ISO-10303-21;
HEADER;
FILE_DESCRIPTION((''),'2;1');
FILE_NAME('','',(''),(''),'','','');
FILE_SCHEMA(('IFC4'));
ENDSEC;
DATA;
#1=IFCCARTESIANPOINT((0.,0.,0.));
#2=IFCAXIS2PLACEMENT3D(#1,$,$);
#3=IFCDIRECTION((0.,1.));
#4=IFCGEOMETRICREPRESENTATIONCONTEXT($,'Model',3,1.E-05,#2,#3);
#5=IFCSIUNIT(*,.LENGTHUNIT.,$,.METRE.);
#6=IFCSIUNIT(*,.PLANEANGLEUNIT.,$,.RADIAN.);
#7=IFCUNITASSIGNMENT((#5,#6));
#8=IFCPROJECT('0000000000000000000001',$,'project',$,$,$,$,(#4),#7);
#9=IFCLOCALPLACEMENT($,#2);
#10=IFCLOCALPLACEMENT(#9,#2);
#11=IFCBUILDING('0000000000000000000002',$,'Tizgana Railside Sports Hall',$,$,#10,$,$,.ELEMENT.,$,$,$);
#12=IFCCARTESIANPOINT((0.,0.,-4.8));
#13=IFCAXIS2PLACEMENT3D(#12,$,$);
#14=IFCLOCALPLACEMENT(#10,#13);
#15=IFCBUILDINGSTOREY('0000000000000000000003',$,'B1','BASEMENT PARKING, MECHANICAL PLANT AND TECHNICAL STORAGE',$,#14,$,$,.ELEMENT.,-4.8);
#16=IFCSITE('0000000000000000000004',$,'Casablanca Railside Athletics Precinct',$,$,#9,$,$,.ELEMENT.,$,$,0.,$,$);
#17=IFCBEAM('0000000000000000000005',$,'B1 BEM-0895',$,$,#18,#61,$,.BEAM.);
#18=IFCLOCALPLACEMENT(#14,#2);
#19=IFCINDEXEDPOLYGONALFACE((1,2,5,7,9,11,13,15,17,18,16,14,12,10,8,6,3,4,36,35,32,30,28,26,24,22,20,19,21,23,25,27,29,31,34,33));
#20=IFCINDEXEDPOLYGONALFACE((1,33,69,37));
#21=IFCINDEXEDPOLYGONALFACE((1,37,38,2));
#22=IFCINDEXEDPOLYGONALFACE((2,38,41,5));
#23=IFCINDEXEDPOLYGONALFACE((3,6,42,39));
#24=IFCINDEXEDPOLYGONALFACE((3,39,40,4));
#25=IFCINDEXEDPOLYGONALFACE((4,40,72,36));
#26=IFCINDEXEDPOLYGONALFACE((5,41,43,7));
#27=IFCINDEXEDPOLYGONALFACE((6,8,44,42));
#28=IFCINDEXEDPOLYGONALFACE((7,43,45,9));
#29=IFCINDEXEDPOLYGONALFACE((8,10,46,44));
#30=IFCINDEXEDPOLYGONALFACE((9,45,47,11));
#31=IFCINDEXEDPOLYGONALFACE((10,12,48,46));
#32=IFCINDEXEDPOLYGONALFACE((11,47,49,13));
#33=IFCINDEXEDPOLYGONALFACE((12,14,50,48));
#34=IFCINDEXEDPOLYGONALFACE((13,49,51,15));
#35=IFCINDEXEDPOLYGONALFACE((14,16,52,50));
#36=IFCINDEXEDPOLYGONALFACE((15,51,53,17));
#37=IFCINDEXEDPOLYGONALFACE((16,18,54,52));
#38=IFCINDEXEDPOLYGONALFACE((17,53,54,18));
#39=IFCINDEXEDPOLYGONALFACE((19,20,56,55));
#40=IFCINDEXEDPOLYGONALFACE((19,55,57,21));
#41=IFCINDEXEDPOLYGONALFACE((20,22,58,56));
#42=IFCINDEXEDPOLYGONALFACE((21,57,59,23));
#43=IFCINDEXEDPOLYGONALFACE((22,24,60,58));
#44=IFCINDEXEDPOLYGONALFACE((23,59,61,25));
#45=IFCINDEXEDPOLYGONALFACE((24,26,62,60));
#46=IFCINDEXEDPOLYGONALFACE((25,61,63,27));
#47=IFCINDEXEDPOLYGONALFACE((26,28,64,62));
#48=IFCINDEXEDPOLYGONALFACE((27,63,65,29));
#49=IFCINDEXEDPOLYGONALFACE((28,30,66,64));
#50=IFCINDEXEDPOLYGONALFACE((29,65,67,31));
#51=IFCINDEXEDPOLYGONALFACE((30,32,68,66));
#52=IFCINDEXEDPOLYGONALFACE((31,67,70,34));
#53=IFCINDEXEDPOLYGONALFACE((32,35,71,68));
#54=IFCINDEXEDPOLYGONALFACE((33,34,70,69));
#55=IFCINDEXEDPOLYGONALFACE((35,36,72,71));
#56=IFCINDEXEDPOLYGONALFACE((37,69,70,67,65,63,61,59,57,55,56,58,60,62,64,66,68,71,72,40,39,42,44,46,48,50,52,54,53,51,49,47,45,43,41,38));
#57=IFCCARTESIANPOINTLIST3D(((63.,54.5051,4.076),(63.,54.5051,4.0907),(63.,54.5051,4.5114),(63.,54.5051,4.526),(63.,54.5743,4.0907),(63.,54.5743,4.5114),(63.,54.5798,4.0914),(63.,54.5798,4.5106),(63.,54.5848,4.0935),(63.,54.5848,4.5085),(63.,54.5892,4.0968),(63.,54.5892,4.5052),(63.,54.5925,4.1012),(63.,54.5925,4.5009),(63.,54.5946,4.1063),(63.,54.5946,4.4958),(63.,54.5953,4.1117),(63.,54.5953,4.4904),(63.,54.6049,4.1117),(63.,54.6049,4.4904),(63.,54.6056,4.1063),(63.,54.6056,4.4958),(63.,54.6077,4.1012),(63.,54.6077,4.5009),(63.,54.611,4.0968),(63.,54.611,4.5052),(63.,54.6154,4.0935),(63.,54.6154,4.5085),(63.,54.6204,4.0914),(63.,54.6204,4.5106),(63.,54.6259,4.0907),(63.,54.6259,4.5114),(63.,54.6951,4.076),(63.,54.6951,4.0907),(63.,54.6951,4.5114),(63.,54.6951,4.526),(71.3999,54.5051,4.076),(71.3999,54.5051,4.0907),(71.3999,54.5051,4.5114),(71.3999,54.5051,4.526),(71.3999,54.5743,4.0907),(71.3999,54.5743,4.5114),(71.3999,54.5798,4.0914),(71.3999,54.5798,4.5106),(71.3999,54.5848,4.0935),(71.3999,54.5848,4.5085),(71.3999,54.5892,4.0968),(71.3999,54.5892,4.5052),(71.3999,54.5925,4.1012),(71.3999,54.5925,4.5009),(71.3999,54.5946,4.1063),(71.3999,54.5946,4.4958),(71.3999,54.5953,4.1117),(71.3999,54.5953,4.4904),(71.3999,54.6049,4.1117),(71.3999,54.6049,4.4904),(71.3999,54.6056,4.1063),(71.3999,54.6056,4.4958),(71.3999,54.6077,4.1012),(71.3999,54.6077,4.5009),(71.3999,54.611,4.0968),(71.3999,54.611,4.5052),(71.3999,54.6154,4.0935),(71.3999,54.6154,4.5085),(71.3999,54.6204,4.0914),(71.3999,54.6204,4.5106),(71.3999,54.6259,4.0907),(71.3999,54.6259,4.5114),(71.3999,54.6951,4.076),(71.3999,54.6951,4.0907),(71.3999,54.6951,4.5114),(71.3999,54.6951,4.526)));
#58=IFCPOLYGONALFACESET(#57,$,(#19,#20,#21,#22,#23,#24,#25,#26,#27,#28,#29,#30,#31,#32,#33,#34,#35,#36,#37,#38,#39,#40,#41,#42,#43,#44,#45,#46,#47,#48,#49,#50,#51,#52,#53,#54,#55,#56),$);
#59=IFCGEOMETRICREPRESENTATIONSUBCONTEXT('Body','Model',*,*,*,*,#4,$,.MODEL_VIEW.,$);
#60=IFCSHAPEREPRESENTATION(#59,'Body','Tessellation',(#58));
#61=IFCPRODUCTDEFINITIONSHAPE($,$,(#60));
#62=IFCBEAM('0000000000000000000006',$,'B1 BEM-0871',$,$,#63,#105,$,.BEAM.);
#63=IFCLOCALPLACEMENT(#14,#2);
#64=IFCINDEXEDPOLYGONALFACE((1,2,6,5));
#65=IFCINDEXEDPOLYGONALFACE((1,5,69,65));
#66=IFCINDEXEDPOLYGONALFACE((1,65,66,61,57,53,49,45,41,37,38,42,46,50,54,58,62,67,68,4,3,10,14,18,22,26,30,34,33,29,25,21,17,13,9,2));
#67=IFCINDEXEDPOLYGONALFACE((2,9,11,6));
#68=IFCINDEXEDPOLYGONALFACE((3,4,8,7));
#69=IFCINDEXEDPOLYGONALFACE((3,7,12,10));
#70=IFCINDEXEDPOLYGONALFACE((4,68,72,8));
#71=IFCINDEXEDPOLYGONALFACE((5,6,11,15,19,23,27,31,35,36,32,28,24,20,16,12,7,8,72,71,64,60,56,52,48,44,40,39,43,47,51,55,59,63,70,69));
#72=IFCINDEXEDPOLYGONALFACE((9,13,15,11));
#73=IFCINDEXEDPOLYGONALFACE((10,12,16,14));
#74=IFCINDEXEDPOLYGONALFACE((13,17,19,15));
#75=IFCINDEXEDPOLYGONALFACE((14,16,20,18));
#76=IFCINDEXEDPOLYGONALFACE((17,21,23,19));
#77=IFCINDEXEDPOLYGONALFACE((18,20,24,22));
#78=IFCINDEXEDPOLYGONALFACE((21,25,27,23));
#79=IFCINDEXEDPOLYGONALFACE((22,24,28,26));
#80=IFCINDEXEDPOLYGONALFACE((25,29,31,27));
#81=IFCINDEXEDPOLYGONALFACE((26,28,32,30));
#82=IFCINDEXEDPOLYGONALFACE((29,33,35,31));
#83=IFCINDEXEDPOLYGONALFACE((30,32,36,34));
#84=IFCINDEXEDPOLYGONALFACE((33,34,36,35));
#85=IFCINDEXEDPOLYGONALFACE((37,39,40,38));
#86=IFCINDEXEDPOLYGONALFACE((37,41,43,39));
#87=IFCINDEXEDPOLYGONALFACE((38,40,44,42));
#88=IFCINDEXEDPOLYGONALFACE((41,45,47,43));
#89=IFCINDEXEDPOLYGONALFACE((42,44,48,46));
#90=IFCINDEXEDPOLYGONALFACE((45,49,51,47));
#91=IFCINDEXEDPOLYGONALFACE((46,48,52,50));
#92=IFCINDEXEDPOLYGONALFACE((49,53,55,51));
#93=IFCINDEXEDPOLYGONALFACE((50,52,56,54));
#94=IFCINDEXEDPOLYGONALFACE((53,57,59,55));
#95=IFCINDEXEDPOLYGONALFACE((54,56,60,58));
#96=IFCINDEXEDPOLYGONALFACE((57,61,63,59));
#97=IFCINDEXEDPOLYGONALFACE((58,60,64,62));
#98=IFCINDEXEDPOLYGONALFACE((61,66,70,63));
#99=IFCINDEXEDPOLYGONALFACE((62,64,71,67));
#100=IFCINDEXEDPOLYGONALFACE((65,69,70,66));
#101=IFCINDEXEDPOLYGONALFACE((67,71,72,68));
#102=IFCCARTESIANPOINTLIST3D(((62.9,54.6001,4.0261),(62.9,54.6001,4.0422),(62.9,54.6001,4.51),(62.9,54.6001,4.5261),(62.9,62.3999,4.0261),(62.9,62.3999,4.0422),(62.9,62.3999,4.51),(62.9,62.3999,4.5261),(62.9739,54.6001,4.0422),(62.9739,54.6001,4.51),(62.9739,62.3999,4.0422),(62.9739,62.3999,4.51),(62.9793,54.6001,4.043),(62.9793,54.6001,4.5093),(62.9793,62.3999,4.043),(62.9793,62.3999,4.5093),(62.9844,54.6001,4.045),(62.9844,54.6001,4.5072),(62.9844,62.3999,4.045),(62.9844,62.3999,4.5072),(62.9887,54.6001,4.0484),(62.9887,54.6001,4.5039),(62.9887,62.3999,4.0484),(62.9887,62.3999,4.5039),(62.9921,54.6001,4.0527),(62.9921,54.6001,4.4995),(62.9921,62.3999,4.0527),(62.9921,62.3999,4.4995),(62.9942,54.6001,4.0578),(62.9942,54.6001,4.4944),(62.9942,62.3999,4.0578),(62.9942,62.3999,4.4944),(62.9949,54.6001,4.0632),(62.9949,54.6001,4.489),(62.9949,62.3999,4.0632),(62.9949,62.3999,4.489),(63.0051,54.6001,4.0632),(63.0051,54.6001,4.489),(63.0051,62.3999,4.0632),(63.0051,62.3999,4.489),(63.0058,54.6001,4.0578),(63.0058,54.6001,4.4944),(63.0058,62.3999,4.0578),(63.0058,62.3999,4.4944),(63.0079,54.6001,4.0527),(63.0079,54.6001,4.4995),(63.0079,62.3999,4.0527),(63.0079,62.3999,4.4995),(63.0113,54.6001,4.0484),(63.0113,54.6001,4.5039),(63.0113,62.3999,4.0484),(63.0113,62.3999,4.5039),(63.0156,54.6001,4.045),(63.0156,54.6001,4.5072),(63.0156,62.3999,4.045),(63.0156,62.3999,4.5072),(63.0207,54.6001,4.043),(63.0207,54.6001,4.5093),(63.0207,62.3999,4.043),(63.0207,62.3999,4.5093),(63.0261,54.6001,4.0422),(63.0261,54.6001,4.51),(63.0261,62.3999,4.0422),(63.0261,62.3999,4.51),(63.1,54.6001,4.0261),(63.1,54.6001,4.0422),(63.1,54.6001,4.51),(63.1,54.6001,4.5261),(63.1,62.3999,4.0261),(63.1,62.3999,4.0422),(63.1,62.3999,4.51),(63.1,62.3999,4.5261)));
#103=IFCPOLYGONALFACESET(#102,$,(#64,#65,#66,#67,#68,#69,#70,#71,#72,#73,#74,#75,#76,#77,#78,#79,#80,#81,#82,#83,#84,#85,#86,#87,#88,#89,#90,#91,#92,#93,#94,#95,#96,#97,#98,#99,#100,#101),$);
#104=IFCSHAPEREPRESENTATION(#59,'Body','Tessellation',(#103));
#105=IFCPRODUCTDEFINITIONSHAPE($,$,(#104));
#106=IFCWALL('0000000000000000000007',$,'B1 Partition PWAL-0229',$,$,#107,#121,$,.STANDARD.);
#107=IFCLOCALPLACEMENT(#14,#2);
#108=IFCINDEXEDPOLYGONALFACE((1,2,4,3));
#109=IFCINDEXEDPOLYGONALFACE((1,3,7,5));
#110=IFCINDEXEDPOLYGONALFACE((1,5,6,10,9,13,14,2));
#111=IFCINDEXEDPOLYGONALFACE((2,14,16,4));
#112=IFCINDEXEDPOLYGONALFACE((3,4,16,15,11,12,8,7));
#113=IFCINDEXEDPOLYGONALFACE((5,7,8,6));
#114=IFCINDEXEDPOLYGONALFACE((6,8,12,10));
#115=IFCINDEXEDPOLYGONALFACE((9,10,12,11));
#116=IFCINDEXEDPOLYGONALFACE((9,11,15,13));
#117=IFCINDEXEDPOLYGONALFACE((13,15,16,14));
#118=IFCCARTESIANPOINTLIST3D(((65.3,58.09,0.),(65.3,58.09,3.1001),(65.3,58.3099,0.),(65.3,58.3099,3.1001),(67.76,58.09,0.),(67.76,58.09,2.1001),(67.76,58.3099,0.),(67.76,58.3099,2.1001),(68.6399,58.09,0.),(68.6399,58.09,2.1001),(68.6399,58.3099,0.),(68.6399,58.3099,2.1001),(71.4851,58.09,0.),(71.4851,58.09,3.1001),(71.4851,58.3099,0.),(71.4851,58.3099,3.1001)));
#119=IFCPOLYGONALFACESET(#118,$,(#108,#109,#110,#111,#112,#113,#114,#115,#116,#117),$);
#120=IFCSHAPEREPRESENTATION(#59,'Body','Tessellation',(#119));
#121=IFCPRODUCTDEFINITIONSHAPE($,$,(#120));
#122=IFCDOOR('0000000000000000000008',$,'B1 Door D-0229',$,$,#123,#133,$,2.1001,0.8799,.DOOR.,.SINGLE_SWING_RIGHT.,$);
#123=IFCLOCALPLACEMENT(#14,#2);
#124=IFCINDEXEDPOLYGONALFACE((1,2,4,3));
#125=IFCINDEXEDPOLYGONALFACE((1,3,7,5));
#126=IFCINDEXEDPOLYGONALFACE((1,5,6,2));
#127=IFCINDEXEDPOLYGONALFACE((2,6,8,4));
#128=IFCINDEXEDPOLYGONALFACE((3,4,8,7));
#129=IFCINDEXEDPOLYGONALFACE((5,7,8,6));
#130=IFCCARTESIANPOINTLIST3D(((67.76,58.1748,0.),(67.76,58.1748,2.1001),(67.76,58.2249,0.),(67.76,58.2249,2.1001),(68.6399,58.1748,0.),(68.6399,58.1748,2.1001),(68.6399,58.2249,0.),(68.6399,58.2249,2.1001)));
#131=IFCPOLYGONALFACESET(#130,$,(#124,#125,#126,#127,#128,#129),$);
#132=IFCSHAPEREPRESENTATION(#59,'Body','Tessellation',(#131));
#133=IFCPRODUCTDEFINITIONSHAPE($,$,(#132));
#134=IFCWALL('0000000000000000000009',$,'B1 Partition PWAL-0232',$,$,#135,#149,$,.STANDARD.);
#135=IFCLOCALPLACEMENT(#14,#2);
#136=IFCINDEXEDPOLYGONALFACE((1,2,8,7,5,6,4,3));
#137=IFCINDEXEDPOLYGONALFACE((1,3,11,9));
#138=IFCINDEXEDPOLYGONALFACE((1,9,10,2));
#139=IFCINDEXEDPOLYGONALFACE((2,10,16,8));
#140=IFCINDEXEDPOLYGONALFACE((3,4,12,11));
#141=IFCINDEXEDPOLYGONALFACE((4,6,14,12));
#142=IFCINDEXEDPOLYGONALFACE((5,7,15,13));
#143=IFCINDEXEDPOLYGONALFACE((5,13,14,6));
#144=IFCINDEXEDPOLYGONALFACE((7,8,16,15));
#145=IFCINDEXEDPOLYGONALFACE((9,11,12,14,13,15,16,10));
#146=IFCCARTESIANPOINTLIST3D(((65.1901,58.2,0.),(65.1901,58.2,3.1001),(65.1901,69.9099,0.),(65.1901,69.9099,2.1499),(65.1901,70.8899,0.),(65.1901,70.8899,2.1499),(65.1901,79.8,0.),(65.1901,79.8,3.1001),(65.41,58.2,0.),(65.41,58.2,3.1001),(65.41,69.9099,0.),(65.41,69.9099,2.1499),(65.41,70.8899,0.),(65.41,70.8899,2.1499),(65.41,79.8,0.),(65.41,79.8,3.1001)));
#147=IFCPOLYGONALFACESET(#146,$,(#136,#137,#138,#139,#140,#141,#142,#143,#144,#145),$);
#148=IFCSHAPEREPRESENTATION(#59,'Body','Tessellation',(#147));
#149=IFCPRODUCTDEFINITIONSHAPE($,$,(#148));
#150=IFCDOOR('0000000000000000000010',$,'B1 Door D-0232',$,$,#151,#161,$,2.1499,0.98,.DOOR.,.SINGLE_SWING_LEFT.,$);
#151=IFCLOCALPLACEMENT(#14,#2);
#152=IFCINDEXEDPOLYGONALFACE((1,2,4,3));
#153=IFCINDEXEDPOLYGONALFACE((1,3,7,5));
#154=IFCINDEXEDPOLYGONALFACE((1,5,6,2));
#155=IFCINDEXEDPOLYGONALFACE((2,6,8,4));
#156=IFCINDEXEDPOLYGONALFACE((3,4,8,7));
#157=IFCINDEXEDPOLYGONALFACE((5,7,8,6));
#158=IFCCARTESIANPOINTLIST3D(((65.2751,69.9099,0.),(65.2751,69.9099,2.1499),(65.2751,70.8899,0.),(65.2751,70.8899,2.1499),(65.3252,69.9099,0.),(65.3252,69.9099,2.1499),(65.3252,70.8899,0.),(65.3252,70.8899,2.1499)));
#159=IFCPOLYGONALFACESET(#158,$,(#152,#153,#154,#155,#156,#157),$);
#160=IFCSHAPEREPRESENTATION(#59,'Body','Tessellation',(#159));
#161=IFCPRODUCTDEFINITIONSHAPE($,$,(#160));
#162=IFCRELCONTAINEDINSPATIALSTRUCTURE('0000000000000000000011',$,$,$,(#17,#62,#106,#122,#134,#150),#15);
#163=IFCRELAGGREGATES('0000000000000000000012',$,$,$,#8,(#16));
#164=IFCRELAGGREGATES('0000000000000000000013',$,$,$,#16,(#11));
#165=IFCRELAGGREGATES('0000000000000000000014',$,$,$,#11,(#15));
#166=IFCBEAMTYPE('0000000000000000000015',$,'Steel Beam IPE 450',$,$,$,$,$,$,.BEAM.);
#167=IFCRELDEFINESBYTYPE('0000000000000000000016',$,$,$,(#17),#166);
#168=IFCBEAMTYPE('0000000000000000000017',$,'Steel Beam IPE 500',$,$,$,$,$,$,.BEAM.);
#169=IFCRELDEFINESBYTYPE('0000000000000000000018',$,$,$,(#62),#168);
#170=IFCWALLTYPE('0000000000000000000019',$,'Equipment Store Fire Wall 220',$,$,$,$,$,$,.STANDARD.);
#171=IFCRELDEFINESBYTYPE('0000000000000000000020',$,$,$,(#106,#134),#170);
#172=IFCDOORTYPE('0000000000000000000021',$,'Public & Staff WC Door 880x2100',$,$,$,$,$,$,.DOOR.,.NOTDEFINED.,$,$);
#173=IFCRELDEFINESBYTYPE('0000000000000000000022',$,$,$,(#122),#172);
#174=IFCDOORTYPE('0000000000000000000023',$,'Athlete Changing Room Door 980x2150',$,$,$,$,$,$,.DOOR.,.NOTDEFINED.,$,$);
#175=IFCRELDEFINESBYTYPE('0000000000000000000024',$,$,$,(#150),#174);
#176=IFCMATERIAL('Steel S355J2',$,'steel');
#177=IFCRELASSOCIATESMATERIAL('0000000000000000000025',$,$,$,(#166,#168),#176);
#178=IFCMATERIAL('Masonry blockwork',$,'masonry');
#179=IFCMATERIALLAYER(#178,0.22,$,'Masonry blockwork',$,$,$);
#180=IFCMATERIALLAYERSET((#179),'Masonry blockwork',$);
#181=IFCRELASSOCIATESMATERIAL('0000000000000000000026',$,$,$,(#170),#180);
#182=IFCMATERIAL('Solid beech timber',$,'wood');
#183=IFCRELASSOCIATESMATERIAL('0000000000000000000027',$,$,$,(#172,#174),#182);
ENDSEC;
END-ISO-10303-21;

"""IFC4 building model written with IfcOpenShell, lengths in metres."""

from ifc_helpers import new_model, si_unit, direction, frame, frame_2d, origin, origin_2d, place, context, subcontext, project, spatial, rectangle, i_section, extrude, material, layer, layer_set, material_profile, profile_set, type_object, element, fill, save


model = new_model("IFC4")

# Units and contexts
model_context = context("Model", 3, precision=1e-05, world=origin(), true_north=direction((0.0, 1.0)))
body_context = subcontext(model_context, "Body", "Model", "MODEL_VIEW")
ifc_project = project(units=[si_unit("LENGTHUNIT", "METRE"), si_unit("PLANEANGLEUNIT", "RADIAN")], contexts=[model_context])

# Site, building, storey
site_placement = place(None, origin())
site = spatial("IfcSite", under=ifc_project, at=site_placement, Name="Casablanca Railside Athletics Precinct", CompositionType="ELEMENT", RefElevation=0.0)
building_placement = place(site_placement, origin())
building = spatial("IfcBuilding", under=site, at=building_placement, Name="Tizgana Railside Sports Hall", CompositionType="ELEMENT")
storey_placement = place(building_placement, frame((0.0, 0.0, -4.8)))
storey = spatial("IfcBuildingStorey", under=building, at=storey_placement, Name="B1", Description="BASEMENT PARKING, MECHANICAL PLANT AND TECHNICAL STORAGE", CompositionType="ELEMENT", Elevation=-4.8)

# Beams
ifc_material_1 = material(Name="Steel S355J2", Category="steel")
ifc_material_profile_1 = material_profile(ifc_material_1, i_section(OverallWidth=0.1899, OverallDepth=0.45, WebThickness=0.0095, FlangeThickness=0.0146, FilletRadius=0.021, at=origin_2d()), Name="IPE 450")
ifc_profile_set_1 = profile_set([ifc_material_profile_1], Name="Steel S355J2")
beam_type_1 = type_object("IfcBeamType", Name="Steel Beam IPE 450", PredefinedType="BEAM", material=ifc_profile_set_1)
for number, where, z_axis, x_axis, name in (
    (1, (63.0, 54.6001, 4.301), (1.0, 0.0, 0.0), (0.0, 1.0, 0.0), "B1 BEM-0895"),
):
    element("IfcBeam", number, at=place(storey_placement, frame(where, z_axis=z_axis, x_axis=x_axis)), inside=storey, type_object=beam_type_1, Name=name, PredefinedType="BEAM", context=body_context, shape_type="SweptSolid", body=[
        extrude(i_section(OverallWidth=0.1899, OverallDepth=0.45, WebThickness=0.0095, FlangeThickness=0.0146, FilletRadius=0.021, at=origin_2d()), origin(), (0.0, 0.0, 1.0), 8.3999),
    ])
ifc_material_profile_2 = material_profile(ifc_material_1, i_section(OverallWidth=0.2, OverallDepth=0.5, WebThickness=0.0103, FlangeThickness=0.0161, FilletRadius=0.021, at=origin_2d()), Name="IPE 500")
ifc_profile_set_2 = profile_set([ifc_material_profile_2], Name="Steel S355J2")
beam_type_2 = type_object("IfcBeamType", Name="Steel Beam IPE 500", PredefinedType="BEAM", material=ifc_profile_set_2)
beam_1_placement = place(storey_placement, frame((63.0, 54.6001, 4.2761), z_axis=(0.0, 1.0, 0.0), x_axis=(-1.0, 0.0, 0.0)))
element("IfcBeam", 2, at=beam_1_placement, inside=storey, type_object=beam_type_2, Name="B1 BEM-0871", PredefinedType="BEAM", context=body_context, shape_type="SweptSolid", body=[
    extrude(i_section(OverallWidth=0.2, OverallDepth=0.5, WebThickness=0.0103, FlangeThickness=0.0161, FilletRadius=0.021, at=origin_2d()), origin(), (0.0, 0.0, 1.0), 7.7998),
])

# Walls, openings, doors
ifc_material_2 = material(Name="Masonry blockwork", Category="masonry")
ifc_layer = layer(ifc_material_2, 0.22, Name="Masonry blockwork")
ifc_layer_set = layer_set([ifc_layer], Name="Masonry blockwork")
wall_type = type_object("IfcWallType", Name="Equipment Store Fire Wall 220", PredefinedType="STANDARD", material=ifc_layer_set)
wall_1_placement = place(storey_placement, frame((65.3, 58.2, 0.0), z_axis=(0.0, 0.0, 1.0), x_axis=(1.0, 0.0, 0.0)))
wall_1 = element("IfcWall", 3, at=wall_1_placement, inside=storey, type_object=wall_type, Name="B1 Partition PWAL-0229", PredefinedType="STANDARD", context=body_context, shape_type="SweptSolid", body=[
    extrude(rectangle(XDim=6.1851, YDim=0.22, at=frame_2d((3.0925, 0.0))), origin(), (0.0, 0.0, 1.0), 3.1001),
])
opening_1_placement = place(wall_1_placement, frame((2.46, 0.0, 0.0)))
opening_1 = element("IfcOpeningElement", 4, at=opening_1_placement, cuts=wall_1, PredefinedType="OPENING", context=body_context, shape_type="SweptSolid", body=[
    extrude(rectangle(XDim=0.8799, YDim=2.1001, at=frame_2d((0.4399, 1.05))), frame((0.0, 0.1199, 0.0), z_axis=(0.0, -1.0, 0.0), x_axis=(1.0, 0.0, 0.0)), (0.0, 0.0, 1.0), 0.24),
])
ifc_material_3 = material(Name="Solid beech timber", Category="wood")
door_type_1 = type_object("IfcDoorType", Name="Public & Staff WC Door 880x2100", OperationType="NOTDEFINED", PredefinedType="DOOR", material=ifc_material_3)
door_1_placement = place(opening_1_placement, origin())
door_1 = element("IfcDoor", 5, at=door_1_placement, inside=storey, type_object=door_type_1, Name="B1 Door D-0229", OperationType="SINGLE_SWING_RIGHT", OverallHeight=2.1001, OverallWidth=0.8799, PredefinedType="DOOR", context=body_context, shape_type="SweptSolid", body=[
    extrude(rectangle(XDim=0.8799, YDim=2.1001, at=frame_2d((0.4399, 1.05))), frame((0.0, 0.0249, 0.0), z_axis=(0.0, -1.0, 0.0), x_axis=(1.0, 0.0, 0.0)), (0.0, 0.0, 1.0), 0.05),
])
fill(opening_1, door_1)
wall_2_placement = place(storey_placement, frame((65.3, 58.2, 0.0), z_axis=(0.0, 0.0, 1.0), x_axis=(0.0, 1.0, 0.0)))
wall_2 = element("IfcWall", 6, at=wall_2_placement, inside=storey, type_object=wall_type, Name="B1 Partition PWAL-0232", PredefinedType="STANDARD", context=body_context, shape_type="SweptSolid", body=[
    extrude(rectangle(XDim=21.6001, YDim=0.22, at=frame_2d((10.8, 0.0))), origin(), (0.0, 0.0, 1.0), 3.1001),
])
opening_2_placement = place(wall_2_placement, frame((11.71, 0.0, 0.0)))
opening_2 = element("IfcOpeningElement", 7, at=opening_2_placement, cuts=wall_2, PredefinedType="OPENING", context=body_context, shape_type="SweptSolid", body=[
    extrude(rectangle(XDim=0.98, YDim=2.1499, at=frame_2d((0.49, 1.075))), frame((0.0, 0.1199, 0.0), z_axis=(0.0, -1.0, 0.0), x_axis=(1.0, 0.0, 0.0)), (0.0, 0.0, 1.0), 0.24),
])
door_type_2 = type_object("IfcDoorType", Name="Athlete Changing Room Door 980x2150", OperationType="NOTDEFINED", PredefinedType="DOOR", material=ifc_material_3)
door_2_placement = place(opening_2_placement, origin())
door_2 = element("IfcDoor", 8, at=door_2_placement, inside=storey, type_object=door_type_2, Name="B1 Door D-0232", OperationType="SINGLE_SWING_LEFT", OverallHeight=2.1499, OverallWidth=0.98, PredefinedType="DOOR", context=body_context, shape_type="SweptSolid", body=[
    extrude(rectangle(XDim=0.98, YDim=2.1499, at=frame_2d((0.49, 1.075))), frame((0.0, 0.0249, 0.0), z_axis=(0.0, -1.0, 0.0), x_axis=(1.0, 0.0, 0.0)), (0.0, 0.0, 1.0), 0.05),
])
fill(opening_2, door_2)

save(model, "model.ifc")
